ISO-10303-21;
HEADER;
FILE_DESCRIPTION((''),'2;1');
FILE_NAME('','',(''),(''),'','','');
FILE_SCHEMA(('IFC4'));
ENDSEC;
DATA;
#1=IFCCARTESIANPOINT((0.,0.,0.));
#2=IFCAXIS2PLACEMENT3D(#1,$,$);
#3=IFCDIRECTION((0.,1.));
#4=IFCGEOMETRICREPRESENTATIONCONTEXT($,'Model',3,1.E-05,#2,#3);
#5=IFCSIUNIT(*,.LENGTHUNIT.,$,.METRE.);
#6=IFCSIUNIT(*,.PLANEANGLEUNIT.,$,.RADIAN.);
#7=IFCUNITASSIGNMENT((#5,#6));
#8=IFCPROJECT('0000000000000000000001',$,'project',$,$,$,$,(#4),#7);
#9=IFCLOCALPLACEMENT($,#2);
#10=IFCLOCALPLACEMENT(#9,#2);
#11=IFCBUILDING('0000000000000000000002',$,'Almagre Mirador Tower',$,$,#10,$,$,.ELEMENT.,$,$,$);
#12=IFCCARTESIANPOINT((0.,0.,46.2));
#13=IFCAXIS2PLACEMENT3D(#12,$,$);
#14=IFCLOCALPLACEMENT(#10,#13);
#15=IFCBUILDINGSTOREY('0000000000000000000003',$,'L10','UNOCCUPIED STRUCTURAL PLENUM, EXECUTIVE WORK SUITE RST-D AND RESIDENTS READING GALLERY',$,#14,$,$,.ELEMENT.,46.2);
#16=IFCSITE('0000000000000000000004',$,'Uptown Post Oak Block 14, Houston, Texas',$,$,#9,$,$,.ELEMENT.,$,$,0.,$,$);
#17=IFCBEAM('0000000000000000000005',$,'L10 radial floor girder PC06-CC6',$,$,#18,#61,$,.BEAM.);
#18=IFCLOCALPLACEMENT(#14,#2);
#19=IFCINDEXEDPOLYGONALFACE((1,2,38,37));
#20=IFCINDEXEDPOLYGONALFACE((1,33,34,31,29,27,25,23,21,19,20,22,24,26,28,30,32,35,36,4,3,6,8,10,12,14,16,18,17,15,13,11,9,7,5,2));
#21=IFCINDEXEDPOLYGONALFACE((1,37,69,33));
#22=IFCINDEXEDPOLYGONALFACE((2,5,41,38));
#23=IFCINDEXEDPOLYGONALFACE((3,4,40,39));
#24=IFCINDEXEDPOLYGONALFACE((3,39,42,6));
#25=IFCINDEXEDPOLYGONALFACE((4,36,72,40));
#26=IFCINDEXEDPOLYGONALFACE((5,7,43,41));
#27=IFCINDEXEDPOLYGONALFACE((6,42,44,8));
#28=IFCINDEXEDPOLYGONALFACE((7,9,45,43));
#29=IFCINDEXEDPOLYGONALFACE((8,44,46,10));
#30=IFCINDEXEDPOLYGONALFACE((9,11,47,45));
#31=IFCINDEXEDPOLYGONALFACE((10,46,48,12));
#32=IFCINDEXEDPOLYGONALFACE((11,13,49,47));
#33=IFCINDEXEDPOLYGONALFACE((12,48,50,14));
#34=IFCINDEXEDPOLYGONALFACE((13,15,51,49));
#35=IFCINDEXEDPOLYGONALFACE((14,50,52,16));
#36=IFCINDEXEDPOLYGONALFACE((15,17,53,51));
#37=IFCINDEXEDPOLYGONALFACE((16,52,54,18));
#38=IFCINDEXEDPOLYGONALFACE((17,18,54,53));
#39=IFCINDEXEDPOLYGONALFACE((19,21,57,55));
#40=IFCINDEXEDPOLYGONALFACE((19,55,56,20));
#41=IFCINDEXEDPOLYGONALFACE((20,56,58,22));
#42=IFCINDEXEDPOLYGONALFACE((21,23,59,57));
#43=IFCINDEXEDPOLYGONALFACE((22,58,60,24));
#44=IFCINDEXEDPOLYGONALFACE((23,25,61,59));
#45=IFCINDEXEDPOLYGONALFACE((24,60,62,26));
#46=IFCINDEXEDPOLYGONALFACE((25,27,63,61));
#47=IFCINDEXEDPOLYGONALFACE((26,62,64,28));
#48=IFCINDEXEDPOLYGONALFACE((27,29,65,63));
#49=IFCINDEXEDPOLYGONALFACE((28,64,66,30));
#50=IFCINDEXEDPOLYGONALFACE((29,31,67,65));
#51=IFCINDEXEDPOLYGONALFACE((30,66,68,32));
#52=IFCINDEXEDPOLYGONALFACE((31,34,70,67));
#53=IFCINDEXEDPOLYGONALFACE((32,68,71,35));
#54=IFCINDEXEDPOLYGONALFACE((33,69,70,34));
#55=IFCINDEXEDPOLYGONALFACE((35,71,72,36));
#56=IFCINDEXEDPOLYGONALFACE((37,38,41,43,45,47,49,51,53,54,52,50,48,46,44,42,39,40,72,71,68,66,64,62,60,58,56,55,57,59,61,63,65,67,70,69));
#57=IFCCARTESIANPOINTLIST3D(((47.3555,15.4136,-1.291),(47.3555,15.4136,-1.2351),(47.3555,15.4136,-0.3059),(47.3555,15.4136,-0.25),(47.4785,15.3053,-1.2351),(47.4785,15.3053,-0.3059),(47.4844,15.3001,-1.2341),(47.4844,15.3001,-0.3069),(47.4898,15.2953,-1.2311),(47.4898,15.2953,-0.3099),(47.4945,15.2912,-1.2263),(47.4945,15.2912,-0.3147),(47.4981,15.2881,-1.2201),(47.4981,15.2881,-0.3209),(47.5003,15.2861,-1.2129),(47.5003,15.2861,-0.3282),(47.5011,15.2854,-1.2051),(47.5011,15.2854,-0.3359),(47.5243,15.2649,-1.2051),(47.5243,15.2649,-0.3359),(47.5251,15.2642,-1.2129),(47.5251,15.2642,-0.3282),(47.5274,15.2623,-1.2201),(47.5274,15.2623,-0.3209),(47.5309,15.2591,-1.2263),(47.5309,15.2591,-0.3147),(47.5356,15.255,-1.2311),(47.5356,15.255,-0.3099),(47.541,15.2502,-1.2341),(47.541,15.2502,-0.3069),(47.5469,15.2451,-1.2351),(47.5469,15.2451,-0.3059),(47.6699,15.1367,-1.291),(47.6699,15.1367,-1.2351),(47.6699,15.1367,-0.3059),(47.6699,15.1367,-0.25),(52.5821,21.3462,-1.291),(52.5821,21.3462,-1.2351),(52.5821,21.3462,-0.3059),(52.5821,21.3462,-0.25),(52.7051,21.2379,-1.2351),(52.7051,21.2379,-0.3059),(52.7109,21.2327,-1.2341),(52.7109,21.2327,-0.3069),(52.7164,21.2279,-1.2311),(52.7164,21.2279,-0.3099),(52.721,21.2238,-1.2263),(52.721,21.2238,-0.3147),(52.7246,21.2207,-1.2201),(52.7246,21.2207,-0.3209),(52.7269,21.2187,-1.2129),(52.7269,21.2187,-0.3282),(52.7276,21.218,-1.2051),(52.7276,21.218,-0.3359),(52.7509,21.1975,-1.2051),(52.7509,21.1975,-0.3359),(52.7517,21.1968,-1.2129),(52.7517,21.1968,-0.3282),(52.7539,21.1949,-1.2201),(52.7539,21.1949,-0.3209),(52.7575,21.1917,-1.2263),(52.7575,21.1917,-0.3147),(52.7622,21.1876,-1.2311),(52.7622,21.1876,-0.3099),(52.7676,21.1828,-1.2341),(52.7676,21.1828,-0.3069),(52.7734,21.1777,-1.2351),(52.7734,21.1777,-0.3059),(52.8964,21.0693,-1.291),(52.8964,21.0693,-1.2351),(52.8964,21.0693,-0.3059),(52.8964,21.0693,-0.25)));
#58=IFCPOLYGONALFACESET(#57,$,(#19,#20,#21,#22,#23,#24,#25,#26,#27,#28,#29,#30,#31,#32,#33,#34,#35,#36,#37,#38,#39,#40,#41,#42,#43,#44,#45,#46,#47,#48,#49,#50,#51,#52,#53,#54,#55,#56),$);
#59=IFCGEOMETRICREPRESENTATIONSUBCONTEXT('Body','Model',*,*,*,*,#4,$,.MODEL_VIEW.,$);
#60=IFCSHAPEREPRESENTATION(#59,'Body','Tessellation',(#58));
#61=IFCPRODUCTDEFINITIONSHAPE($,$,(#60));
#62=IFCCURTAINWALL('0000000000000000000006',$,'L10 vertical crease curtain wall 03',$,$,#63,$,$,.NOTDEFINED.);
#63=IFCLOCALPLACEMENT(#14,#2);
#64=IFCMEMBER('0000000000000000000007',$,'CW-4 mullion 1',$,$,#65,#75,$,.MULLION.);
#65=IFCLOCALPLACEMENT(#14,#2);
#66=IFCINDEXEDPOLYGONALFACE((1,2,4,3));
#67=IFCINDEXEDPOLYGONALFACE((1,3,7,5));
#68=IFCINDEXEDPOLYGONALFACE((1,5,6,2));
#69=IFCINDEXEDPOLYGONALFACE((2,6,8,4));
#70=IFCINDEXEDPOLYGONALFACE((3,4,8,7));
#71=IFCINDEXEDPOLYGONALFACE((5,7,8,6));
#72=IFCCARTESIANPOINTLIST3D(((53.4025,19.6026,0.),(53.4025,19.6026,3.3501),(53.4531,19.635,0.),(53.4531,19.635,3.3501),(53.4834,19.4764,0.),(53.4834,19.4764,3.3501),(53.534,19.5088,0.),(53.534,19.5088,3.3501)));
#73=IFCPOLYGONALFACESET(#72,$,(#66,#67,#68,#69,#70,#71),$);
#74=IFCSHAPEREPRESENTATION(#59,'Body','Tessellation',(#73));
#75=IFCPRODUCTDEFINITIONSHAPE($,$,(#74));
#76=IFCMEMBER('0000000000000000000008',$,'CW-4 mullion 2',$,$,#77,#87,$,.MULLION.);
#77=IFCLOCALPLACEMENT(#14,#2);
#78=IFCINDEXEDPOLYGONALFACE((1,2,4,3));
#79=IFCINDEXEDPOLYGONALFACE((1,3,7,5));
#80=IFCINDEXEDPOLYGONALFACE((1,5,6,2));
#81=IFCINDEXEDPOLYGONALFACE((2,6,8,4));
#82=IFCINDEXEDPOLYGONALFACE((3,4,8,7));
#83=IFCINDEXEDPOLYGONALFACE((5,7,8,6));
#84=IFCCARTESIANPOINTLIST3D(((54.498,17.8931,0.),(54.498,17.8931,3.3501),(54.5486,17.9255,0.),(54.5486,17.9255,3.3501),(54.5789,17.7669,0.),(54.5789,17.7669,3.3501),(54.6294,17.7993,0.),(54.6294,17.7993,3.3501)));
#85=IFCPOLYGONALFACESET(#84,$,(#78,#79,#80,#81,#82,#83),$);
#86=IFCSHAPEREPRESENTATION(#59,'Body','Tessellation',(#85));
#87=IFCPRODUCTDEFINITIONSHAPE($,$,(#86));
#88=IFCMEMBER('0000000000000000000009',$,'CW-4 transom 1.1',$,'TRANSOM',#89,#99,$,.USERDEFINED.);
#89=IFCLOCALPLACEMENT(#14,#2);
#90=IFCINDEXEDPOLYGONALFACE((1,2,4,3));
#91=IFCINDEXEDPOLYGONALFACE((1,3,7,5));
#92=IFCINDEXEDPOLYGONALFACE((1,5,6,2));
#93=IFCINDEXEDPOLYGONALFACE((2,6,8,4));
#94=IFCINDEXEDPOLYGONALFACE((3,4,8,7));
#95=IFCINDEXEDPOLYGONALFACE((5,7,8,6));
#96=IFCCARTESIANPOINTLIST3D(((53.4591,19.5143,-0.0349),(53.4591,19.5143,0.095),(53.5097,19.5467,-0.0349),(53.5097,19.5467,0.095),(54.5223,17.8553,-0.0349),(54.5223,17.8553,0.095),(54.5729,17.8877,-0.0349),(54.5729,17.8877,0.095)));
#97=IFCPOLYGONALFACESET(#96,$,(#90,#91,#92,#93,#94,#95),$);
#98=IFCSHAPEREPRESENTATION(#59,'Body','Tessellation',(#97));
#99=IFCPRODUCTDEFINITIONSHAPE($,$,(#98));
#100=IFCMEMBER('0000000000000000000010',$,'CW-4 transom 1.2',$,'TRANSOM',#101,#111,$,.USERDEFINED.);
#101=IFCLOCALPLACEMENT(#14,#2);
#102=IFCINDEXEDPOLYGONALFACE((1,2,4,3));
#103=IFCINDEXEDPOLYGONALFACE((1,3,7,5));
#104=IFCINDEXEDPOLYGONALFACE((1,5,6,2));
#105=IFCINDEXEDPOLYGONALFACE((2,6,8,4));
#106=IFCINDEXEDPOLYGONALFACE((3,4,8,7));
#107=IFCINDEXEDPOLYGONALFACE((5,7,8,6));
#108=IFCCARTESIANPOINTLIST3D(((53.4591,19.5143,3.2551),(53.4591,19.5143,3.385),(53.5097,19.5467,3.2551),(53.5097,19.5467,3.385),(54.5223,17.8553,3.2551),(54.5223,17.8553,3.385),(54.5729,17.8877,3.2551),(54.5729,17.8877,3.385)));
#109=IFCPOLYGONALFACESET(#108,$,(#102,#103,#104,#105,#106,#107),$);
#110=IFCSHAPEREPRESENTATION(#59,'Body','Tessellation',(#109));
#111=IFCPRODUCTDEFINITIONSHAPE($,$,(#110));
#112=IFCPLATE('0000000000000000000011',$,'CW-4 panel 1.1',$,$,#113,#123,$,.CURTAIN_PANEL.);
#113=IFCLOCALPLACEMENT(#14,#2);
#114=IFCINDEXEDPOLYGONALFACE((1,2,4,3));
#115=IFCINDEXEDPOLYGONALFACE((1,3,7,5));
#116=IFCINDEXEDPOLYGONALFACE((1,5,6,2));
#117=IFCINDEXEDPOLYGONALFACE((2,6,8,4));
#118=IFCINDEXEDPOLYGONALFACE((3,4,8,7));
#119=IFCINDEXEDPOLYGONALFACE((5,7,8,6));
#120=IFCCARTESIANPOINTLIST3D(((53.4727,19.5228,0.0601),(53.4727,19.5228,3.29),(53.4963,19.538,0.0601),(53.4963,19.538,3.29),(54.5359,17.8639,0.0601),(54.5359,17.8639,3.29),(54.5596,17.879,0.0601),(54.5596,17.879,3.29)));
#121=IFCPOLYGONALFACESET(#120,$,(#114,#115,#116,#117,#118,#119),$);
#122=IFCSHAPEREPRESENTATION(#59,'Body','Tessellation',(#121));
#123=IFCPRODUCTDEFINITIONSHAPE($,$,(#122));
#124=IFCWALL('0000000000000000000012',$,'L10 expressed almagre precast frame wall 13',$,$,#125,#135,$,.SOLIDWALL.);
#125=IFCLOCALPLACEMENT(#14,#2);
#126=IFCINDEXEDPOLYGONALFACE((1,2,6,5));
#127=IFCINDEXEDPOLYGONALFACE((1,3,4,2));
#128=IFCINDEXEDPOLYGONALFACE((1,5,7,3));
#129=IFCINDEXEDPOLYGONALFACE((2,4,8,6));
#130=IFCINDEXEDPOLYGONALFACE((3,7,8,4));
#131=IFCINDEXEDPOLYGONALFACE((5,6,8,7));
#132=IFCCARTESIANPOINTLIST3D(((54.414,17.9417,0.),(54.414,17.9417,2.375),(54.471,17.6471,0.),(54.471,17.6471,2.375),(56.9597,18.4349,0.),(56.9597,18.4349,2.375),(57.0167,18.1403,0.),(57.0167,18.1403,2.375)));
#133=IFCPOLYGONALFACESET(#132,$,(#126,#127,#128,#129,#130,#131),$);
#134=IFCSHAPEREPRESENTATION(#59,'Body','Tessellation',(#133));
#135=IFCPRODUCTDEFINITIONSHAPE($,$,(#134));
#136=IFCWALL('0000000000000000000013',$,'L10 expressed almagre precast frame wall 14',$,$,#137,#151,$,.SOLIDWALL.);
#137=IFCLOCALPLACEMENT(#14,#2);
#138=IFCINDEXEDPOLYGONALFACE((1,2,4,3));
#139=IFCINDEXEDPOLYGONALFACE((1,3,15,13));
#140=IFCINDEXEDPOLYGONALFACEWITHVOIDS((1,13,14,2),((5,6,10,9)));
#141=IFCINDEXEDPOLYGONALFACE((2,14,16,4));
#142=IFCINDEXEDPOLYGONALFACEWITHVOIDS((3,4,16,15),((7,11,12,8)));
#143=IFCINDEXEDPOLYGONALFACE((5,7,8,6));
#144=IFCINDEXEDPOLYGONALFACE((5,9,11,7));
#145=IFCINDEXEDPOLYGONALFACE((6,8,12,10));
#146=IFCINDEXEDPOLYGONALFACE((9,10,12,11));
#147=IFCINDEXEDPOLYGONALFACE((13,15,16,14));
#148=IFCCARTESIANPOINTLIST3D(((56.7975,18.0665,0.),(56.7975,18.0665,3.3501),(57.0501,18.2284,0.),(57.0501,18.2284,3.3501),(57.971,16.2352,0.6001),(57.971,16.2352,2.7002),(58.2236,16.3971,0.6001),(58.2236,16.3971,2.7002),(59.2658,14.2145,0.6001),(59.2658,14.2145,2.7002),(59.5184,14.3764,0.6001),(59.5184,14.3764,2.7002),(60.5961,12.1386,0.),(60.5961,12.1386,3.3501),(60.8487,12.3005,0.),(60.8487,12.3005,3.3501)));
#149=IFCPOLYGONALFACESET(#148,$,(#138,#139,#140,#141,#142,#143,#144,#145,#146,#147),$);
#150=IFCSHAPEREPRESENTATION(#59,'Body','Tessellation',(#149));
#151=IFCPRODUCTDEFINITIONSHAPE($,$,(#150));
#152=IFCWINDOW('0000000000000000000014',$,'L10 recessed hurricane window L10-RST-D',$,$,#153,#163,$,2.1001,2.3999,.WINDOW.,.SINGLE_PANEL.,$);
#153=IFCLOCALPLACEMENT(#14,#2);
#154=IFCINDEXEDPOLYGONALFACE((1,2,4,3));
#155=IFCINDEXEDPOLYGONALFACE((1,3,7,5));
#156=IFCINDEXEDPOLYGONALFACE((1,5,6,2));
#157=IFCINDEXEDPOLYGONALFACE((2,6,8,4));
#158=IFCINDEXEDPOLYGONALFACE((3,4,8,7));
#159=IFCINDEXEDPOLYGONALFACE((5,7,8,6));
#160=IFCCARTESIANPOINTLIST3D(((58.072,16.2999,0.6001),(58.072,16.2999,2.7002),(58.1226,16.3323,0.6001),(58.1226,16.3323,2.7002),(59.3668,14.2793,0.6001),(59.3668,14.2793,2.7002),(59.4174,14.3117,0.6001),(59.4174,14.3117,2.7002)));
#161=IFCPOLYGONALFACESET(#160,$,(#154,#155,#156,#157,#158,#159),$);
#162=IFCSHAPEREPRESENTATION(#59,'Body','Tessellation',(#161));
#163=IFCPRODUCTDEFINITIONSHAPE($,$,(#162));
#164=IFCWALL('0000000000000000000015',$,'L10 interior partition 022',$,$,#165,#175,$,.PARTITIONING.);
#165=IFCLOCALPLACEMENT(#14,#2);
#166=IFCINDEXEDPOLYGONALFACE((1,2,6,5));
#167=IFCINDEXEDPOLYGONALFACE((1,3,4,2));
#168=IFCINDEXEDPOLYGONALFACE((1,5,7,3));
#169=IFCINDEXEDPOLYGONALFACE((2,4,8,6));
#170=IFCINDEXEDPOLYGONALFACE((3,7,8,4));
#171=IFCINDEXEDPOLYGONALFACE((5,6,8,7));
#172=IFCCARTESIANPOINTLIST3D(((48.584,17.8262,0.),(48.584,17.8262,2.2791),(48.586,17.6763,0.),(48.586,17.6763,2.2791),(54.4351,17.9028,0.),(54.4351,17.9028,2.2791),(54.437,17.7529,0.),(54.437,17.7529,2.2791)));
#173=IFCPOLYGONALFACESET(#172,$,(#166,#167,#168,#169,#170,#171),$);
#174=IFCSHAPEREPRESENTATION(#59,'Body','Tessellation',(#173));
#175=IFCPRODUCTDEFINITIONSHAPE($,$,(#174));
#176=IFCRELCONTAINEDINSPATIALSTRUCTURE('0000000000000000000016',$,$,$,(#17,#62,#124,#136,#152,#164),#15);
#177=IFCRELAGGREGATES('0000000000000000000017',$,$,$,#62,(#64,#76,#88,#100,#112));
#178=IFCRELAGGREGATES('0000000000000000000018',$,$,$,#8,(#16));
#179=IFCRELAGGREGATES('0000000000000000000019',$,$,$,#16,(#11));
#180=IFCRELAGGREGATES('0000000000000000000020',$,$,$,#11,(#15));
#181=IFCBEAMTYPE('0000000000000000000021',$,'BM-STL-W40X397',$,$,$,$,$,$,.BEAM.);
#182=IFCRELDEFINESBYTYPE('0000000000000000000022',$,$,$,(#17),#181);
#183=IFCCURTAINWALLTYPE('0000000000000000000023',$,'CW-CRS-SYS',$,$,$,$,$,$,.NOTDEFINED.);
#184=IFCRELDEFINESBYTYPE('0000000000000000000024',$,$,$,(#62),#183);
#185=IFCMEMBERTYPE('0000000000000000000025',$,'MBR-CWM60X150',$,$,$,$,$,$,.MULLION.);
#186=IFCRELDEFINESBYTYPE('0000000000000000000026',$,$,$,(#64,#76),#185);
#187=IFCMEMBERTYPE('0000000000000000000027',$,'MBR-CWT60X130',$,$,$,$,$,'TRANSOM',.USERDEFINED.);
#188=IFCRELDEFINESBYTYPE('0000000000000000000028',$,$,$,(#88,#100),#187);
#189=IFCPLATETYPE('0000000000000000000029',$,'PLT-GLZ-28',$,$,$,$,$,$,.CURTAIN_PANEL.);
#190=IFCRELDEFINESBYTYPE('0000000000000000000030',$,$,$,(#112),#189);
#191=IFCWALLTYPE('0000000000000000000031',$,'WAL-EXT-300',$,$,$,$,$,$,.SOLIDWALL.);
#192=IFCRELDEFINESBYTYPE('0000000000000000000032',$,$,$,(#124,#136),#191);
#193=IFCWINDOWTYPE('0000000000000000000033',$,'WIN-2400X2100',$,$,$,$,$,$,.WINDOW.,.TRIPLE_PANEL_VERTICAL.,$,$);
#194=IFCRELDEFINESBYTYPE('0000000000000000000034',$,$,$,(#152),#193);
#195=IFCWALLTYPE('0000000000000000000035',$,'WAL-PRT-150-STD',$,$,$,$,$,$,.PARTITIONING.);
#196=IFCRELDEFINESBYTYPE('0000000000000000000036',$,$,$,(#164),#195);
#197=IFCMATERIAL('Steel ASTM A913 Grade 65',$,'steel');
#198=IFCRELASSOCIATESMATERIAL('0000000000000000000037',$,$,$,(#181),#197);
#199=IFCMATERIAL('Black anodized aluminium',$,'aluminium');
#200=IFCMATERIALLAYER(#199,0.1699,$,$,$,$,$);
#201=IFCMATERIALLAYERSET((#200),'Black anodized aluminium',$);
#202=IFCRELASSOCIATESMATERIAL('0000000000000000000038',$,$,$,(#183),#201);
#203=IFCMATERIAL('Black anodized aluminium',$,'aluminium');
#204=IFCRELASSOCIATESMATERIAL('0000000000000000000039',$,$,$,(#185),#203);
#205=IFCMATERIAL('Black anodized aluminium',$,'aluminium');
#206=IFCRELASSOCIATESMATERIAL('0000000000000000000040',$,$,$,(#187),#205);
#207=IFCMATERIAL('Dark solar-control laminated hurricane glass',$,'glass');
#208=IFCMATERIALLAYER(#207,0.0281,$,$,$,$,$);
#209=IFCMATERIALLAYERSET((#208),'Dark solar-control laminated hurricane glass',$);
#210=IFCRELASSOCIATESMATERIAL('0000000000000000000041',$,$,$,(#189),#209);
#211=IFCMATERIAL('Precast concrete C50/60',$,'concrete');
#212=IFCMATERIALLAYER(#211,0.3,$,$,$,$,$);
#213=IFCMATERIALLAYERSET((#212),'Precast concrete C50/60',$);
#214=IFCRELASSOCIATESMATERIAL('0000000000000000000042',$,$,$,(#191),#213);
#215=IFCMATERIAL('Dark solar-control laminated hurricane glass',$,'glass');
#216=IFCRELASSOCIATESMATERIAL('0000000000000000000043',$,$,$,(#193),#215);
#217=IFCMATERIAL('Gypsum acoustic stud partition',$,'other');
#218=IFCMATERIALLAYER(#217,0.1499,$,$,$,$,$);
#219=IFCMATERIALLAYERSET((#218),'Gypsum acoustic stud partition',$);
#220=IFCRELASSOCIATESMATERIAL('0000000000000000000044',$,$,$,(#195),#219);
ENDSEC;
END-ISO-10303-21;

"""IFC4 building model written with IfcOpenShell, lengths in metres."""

from ifc_helpers import new_model, si_unit, direction, frame, frame_2d, origin, origin_2d, place, context, subcontext, project, spatial, rectangle, i_section, extrude, material, layer, layer_set, material_profile, profile_set, type_object, element, fill, aggregate, save


model = new_model("IFC4")

# Units and contexts
model_context = context("Model", 3, precision=1e-05, world=origin(), true_north=direction((0.0, 1.0)))
body_context = subcontext(model_context, "Body", "Model", "MODEL_VIEW")
ifc_project = project(units=[si_unit("LENGTHUNIT", "METRE"), si_unit("PLANEANGLEUNIT", "RADIAN")], contexts=[model_context])

# Site, building, storey
site_placement = place(None, origin())
site = spatial("IfcSite", under=ifc_project, at=site_placement, Name="Uptown Post Oak Block 14, Houston, Texas", CompositionType="ELEMENT", RefElevation=0.0)
building_placement = place(site_placement, origin())
building = spatial("IfcBuilding", under=site, at=building_placement, Name="Almagre Mirador Tower", CompositionType="ELEMENT")
storey_placement = place(building_placement, frame((0.0, 0.0, 46.2)))
storey = spatial("IfcBuildingStorey", under=building, at=storey_placement, Name="L10", Description="UNOCCUPIED STRUCTURAL PLENUM, EXECUTIVE WORK SUITE RST-D AND RESIDENTS READING GALLERY", CompositionType="ELEMENT", Elevation=46.2)

# Beam
ifc_material_1 = material(Name="Steel ASTM A913 Grade 65", Category="steel")
ifc_material_profile_1 = material_profile(ifc_material_1, i_section(OverallWidth=0.4189, OverallDepth=1.041, WebThickness=0.031, FlangeThickness=0.0559, FilletRadius=0.03, at=origin_2d()), Name="W40X397")
ifc_profile_set_1 = profile_set([ifc_material_profile_1], Name="Steel ASTM A913 Grade 65")
beam_type_1 = type_object("IfcBeamType", Name="BM-STL-W40X397", PredefinedType="BEAM", material=ifc_profile_set_1)
beam_1_placement = place(storey_placement, frame((52.7393, 21.2078, -0.7705), z_axis=(-0.661045, -0.750346, 0.0), x_axis=(0.750346, -0.661045, 0.0)))
element("IfcBeam", 1, at=beam_1_placement, inside=storey, type_object=beam_type_1, Name="L10 radial floor girder PC06-CC6", PredefinedType="BEAM", context=body_context, shape_type="SweptSolid", body=[
    extrude(i_section(OverallWidth=0.4189, OverallDepth=1.041, WebThickness=0.031, FlangeThickness=0.0559, FilletRadius=0.03, at=origin_2d()), origin(), (0.0, 0.0, 1.0), 7.9065),
])

# Curtain wall, members, plate
ifc_material_2 = material(Name="Black anodized aluminium", Category="aluminium")
ifc_layer_1 = layer(ifc_material_2, 0.1699)
ifc_layer_set_1 = layer_set([ifc_layer_1], Name="Black anodized aluminium")
curtain_wall_type = type_object("IfcCurtainWallType", Name="CW-CRS-SYS", PredefinedType="NOTDEFINED", material=ifc_layer_set_1)
curtain_wall_placement = place(storey_placement, origin())
curtain_wall = element("IfcCurtainWall", 2, at=curtain_wall_placement, inside=storey, type_object=curtain_wall_type, Name="L10 vertical crease curtain wall 03", PredefinedType="NOTDEFINED")
ifc_material_3 = material(Name="Black anodized aluminium", Category="aluminium")
ifc_material_profile_2 = material_profile(ifc_material_3, rectangle(XDim=0.0601, YDim=0.1499, at=origin_2d()), Name="CWM60X150")
ifc_profile_set_2 = profile_set([ifc_material_profile_2], Name="Black anodized aluminium")
member_type_1 = type_object("IfcMemberType", Name="MBR-CWM60X150", PredefinedType="MULLION", material=ifc_profile_set_2)
member_1_placement = place(storey_placement, frame((53.4683, 19.5557, 0.0), z_axis=(0.0, 0.0, 1.0), x_axis=(0.841924, 0.539597, 0.0)))
member_1 = element("IfcMember", 3, at=member_1_placement, type_object=member_type_1, Name="CW-4 mullion 1", PredefinedType="MULLION", context=body_context, shape_type="SweptSolid", body=[
    extrude(rectangle(XDim=0.0601, YDim=0.1499, at=origin_2d()), origin(), (0.0, 0.0, 1.0), 3.3501),
])
member_2_placement = place(storey_placement, frame((54.5637, 17.8462, 0.0), z_axis=(0.0, 0.0, 1.0), x_axis=(0.841924, 0.539597, 0.0)))
member_2 = element("IfcMember", 4, at=member_2_placement, type_object=member_type_1, Name="CW-4 mullion 2", PredefinedType="MULLION", context=body_context, shape_type="SweptSolid", body=[
    extrude(rectangle(XDim=0.0601, YDim=0.1499, at=origin_2d()), origin(), (0.0, 0.0, 1.0), 3.3501),
])
ifc_material_4 = material(Name="Black anodized aluminium", Category="aluminium")
ifc_material_profile_3 = material_profile(ifc_material_4, rectangle(XDim=0.0601, YDim=0.1299, at=origin_2d()), Name="CWT60X130")
ifc_profile_set_3 = profile_set([ifc_material_profile_3], Name="Black anodized aluminium")
member_type_2 = type_object("IfcMemberType", Name="MBR-CWT60X130", ElementType="TRANSOM", PredefinedType="USERDEFINED", material=ifc_profile_set_3)
member_3_placement = place(storey_placement, frame((53.4844, 19.5305, 0.03), z_axis=(0.539599, -0.841922, 0.0), x_axis=(0.841922, 0.539599, 0.0)))
member_3 = element("IfcMember", 5, at=member_3_placement, type_object=member_type_2, Name="CW-4 transom 1.1", ObjectType="TRANSOM", PredefinedType="USERDEFINED", context=body_context, shape_type="SweptSolid", body=[
    extrude(rectangle(XDim=0.0601, YDim=0.1299, at=origin_2d()), origin(), (0.0, 0.0, 1.0), 1.9705),
])
member_4_placement = place(storey_placement, frame((53.4844, 19.5305, 3.3201), z_axis=(0.539599, -0.841922, 0.0), x_axis=(0.841922, 0.539599, 0.0)))
member_4 = element("IfcMember", 6, at=member_4_placement, type_object=member_type_2, Name="CW-4 transom 1.2", ObjectType="TRANSOM", PredefinedType="USERDEFINED", context=body_context, shape_type="SweptSolid", body=[
    extrude(rectangle(XDim=0.0601, YDim=0.1299, at=origin_2d()), origin(), (0.0, 0.0, 1.0), 1.9705),
])
ifc_material_5 = material(Name="Dark solar-control laminated hurricane glass", Category="glass")
ifc_layer_2 = layer(ifc_material_5, 0.0281)
ifc_layer_set_2 = layer_set([ifc_layer_2], Name="Dark solar-control laminated hurricane glass")
plate_type = type_object("IfcPlateType", Name="PLT-GLZ-28", PredefinedType="CURTAIN_PANEL", material=ifc_layer_set_2)
plate_placement = place(storey_placement, frame((54.0161, 18.7009, 0.0601), z_axis=(0.0, 0.0, 1.0), x_axis=(0.539597, -0.841924, 0.0)))
plate = element("IfcPlate", 7, at=plate_placement, type_object=plate_type, Name="CW-4 panel 1.1", PredefinedType="CURTAIN_PANEL", context=body_context, shape_type="SweptSolid", body=[
    extrude(rectangle(XDim=1.9705, YDim=0.0281, at=origin_2d()), origin(), (0.0, 0.0, 1.0), 3.23),
])
aggregate(curtain_wall, [member_1, member_2, member_3, member_4, plate])

# Wall
ifc_material_6 = material(Name="Precast concrete C50/60", Category="concrete")
ifc_layer_3 = layer(ifc_material_6, 0.3)
ifc_layer_set_3 = layer_set([ifc_layer_3], Name="Precast concrete C50/60")
wall_type_1 = type_object("IfcWallType", Name="WAL-EXT-300", PredefinedType="SOLIDWALL", material=ifc_layer_set_3)
wall_1_placement = place(storey_placement, frame((54.4426, 17.7944, 0.0), z_axis=(0.0, 0.0, 1.0), x_axis=(0.981747, 0.190192, 0.0)))
element("IfcWall", 8, at=wall_1_placement, inside=storey, type_object=wall_type_1, Name="L10 expressed almagre precast frame wall 13", PredefinedType="SOLIDWALL", context=body_context, shape_type="SweptSolid", body=[
    extrude(rectangle(XDim=2.593, YDim=0.3, at=frame_2d((1.2964, 0.0))), origin(), (0.0, 0.0, 1.0), 2.375),
])

# Wall, opening, window
wall_2_placement = place(storey_placement, frame((56.9238, 18.1475, 0.0), z_axis=(0.0, 0.0, 1.0), x_axis=(0.539525, -0.84197, 0.0)))
wall_2 = element("IfcWall", 9, at=wall_2_placement, inside=storey, type_object=wall_type_1, Name="L10 expressed almagre precast frame wall 14", PredefinedType="SOLIDWALL", context=body_context, shape_type="SweptSolid", body=[
    extrude(rectangle(XDim=7.0405, YDim=0.3, at=frame_2d((3.5203, 0.0))), origin(), (0.0, 0.0, 1.0), 3.3501),
])
opening_1_placement = place(wall_2_placement, frame((2.175, 0.0, 0.6001)))
opening_1 = element("IfcOpeningElement", 10, at=opening_1_placement, cuts=wall_2, PredefinedType="OPENING", context=body_context, shape_type="SweptSolid", body=[
    extrude(rectangle(XDim=2.3999, YDim=2.1001, at=frame_2d((1.2, 1.05))), frame((0.0, 0.1599, 0.0), z_axis=(0.0, -1.0, 0.0), x_axis=(1.0, 0.0, 0.0)), (0.0, 0.0, 1.0), 0.32),
])
ifc_material_7 = material(Name="Dark solar-control laminated hurricane glass", Category="glass")
window_type = type_object("IfcWindowType", Name="WIN-2400X2100", PartitioningType="TRIPLE_PANEL_VERTICAL", PredefinedType="WINDOW", material=ifc_material_7)
window_placement = place(opening_1_placement, origin())
window = element("IfcWindow", 11, at=window_placement, inside=storey, type_object=window_type, Name="L10 recessed hurricane window L10-RST-D", OverallHeight=2.1001, OverallWidth=2.3999, PartitioningType="SINGLE_PANEL", PredefinedType="WINDOW", context=body_context, shape_type="SweptSolid", body=[
    extrude(rectangle(XDim=2.3999, YDim=2.1001, at=frame_2d((1.2, 1.05))), frame((0.0, 0.03, 0.0), z_axis=(0.0, -1.0, 0.0), x_axis=(1.0, 0.0, 0.0)), (0.0, 0.0, 1.0), 0.0601),
])
fill(opening_1, window)

# Wall
ifc_material_8 = material(Name="Gypsum acoustic stud partition", Category="other")
ifc_layer_4 = layer(ifc_material_8, 0.1499)
ifc_layer_set_4 = layer_set([ifc_layer_4], Name="Gypsum acoustic stud partition")
wall_type_2 = type_object("IfcWallType", Name="WAL-PRT-150-STD", PredefinedType="PARTITIONING", material=ifc_layer_set_4)
wall_3_placement = place(storey_placement, frame((54.436, 17.8279, 0.0), z_axis=(0.0, 0.0, 1.0), x_axis=(-0.999914, -0.013101, 0.0)))
element("IfcWall", 12, at=wall_3_placement, inside=storey, type_object=wall_type_2, Name="L10 interior partition 022", PredefinedType="PARTITIONING", context=body_context, shape_type="SweptSolid", body=[
    extrude(rectangle(XDim=5.8516, YDim=0.1499, at=frame_2d((2.9258, 0.0))), origin(), (0.0, 0.0, 1.0), 2.2791),
])

save(model, "model.ifc")
